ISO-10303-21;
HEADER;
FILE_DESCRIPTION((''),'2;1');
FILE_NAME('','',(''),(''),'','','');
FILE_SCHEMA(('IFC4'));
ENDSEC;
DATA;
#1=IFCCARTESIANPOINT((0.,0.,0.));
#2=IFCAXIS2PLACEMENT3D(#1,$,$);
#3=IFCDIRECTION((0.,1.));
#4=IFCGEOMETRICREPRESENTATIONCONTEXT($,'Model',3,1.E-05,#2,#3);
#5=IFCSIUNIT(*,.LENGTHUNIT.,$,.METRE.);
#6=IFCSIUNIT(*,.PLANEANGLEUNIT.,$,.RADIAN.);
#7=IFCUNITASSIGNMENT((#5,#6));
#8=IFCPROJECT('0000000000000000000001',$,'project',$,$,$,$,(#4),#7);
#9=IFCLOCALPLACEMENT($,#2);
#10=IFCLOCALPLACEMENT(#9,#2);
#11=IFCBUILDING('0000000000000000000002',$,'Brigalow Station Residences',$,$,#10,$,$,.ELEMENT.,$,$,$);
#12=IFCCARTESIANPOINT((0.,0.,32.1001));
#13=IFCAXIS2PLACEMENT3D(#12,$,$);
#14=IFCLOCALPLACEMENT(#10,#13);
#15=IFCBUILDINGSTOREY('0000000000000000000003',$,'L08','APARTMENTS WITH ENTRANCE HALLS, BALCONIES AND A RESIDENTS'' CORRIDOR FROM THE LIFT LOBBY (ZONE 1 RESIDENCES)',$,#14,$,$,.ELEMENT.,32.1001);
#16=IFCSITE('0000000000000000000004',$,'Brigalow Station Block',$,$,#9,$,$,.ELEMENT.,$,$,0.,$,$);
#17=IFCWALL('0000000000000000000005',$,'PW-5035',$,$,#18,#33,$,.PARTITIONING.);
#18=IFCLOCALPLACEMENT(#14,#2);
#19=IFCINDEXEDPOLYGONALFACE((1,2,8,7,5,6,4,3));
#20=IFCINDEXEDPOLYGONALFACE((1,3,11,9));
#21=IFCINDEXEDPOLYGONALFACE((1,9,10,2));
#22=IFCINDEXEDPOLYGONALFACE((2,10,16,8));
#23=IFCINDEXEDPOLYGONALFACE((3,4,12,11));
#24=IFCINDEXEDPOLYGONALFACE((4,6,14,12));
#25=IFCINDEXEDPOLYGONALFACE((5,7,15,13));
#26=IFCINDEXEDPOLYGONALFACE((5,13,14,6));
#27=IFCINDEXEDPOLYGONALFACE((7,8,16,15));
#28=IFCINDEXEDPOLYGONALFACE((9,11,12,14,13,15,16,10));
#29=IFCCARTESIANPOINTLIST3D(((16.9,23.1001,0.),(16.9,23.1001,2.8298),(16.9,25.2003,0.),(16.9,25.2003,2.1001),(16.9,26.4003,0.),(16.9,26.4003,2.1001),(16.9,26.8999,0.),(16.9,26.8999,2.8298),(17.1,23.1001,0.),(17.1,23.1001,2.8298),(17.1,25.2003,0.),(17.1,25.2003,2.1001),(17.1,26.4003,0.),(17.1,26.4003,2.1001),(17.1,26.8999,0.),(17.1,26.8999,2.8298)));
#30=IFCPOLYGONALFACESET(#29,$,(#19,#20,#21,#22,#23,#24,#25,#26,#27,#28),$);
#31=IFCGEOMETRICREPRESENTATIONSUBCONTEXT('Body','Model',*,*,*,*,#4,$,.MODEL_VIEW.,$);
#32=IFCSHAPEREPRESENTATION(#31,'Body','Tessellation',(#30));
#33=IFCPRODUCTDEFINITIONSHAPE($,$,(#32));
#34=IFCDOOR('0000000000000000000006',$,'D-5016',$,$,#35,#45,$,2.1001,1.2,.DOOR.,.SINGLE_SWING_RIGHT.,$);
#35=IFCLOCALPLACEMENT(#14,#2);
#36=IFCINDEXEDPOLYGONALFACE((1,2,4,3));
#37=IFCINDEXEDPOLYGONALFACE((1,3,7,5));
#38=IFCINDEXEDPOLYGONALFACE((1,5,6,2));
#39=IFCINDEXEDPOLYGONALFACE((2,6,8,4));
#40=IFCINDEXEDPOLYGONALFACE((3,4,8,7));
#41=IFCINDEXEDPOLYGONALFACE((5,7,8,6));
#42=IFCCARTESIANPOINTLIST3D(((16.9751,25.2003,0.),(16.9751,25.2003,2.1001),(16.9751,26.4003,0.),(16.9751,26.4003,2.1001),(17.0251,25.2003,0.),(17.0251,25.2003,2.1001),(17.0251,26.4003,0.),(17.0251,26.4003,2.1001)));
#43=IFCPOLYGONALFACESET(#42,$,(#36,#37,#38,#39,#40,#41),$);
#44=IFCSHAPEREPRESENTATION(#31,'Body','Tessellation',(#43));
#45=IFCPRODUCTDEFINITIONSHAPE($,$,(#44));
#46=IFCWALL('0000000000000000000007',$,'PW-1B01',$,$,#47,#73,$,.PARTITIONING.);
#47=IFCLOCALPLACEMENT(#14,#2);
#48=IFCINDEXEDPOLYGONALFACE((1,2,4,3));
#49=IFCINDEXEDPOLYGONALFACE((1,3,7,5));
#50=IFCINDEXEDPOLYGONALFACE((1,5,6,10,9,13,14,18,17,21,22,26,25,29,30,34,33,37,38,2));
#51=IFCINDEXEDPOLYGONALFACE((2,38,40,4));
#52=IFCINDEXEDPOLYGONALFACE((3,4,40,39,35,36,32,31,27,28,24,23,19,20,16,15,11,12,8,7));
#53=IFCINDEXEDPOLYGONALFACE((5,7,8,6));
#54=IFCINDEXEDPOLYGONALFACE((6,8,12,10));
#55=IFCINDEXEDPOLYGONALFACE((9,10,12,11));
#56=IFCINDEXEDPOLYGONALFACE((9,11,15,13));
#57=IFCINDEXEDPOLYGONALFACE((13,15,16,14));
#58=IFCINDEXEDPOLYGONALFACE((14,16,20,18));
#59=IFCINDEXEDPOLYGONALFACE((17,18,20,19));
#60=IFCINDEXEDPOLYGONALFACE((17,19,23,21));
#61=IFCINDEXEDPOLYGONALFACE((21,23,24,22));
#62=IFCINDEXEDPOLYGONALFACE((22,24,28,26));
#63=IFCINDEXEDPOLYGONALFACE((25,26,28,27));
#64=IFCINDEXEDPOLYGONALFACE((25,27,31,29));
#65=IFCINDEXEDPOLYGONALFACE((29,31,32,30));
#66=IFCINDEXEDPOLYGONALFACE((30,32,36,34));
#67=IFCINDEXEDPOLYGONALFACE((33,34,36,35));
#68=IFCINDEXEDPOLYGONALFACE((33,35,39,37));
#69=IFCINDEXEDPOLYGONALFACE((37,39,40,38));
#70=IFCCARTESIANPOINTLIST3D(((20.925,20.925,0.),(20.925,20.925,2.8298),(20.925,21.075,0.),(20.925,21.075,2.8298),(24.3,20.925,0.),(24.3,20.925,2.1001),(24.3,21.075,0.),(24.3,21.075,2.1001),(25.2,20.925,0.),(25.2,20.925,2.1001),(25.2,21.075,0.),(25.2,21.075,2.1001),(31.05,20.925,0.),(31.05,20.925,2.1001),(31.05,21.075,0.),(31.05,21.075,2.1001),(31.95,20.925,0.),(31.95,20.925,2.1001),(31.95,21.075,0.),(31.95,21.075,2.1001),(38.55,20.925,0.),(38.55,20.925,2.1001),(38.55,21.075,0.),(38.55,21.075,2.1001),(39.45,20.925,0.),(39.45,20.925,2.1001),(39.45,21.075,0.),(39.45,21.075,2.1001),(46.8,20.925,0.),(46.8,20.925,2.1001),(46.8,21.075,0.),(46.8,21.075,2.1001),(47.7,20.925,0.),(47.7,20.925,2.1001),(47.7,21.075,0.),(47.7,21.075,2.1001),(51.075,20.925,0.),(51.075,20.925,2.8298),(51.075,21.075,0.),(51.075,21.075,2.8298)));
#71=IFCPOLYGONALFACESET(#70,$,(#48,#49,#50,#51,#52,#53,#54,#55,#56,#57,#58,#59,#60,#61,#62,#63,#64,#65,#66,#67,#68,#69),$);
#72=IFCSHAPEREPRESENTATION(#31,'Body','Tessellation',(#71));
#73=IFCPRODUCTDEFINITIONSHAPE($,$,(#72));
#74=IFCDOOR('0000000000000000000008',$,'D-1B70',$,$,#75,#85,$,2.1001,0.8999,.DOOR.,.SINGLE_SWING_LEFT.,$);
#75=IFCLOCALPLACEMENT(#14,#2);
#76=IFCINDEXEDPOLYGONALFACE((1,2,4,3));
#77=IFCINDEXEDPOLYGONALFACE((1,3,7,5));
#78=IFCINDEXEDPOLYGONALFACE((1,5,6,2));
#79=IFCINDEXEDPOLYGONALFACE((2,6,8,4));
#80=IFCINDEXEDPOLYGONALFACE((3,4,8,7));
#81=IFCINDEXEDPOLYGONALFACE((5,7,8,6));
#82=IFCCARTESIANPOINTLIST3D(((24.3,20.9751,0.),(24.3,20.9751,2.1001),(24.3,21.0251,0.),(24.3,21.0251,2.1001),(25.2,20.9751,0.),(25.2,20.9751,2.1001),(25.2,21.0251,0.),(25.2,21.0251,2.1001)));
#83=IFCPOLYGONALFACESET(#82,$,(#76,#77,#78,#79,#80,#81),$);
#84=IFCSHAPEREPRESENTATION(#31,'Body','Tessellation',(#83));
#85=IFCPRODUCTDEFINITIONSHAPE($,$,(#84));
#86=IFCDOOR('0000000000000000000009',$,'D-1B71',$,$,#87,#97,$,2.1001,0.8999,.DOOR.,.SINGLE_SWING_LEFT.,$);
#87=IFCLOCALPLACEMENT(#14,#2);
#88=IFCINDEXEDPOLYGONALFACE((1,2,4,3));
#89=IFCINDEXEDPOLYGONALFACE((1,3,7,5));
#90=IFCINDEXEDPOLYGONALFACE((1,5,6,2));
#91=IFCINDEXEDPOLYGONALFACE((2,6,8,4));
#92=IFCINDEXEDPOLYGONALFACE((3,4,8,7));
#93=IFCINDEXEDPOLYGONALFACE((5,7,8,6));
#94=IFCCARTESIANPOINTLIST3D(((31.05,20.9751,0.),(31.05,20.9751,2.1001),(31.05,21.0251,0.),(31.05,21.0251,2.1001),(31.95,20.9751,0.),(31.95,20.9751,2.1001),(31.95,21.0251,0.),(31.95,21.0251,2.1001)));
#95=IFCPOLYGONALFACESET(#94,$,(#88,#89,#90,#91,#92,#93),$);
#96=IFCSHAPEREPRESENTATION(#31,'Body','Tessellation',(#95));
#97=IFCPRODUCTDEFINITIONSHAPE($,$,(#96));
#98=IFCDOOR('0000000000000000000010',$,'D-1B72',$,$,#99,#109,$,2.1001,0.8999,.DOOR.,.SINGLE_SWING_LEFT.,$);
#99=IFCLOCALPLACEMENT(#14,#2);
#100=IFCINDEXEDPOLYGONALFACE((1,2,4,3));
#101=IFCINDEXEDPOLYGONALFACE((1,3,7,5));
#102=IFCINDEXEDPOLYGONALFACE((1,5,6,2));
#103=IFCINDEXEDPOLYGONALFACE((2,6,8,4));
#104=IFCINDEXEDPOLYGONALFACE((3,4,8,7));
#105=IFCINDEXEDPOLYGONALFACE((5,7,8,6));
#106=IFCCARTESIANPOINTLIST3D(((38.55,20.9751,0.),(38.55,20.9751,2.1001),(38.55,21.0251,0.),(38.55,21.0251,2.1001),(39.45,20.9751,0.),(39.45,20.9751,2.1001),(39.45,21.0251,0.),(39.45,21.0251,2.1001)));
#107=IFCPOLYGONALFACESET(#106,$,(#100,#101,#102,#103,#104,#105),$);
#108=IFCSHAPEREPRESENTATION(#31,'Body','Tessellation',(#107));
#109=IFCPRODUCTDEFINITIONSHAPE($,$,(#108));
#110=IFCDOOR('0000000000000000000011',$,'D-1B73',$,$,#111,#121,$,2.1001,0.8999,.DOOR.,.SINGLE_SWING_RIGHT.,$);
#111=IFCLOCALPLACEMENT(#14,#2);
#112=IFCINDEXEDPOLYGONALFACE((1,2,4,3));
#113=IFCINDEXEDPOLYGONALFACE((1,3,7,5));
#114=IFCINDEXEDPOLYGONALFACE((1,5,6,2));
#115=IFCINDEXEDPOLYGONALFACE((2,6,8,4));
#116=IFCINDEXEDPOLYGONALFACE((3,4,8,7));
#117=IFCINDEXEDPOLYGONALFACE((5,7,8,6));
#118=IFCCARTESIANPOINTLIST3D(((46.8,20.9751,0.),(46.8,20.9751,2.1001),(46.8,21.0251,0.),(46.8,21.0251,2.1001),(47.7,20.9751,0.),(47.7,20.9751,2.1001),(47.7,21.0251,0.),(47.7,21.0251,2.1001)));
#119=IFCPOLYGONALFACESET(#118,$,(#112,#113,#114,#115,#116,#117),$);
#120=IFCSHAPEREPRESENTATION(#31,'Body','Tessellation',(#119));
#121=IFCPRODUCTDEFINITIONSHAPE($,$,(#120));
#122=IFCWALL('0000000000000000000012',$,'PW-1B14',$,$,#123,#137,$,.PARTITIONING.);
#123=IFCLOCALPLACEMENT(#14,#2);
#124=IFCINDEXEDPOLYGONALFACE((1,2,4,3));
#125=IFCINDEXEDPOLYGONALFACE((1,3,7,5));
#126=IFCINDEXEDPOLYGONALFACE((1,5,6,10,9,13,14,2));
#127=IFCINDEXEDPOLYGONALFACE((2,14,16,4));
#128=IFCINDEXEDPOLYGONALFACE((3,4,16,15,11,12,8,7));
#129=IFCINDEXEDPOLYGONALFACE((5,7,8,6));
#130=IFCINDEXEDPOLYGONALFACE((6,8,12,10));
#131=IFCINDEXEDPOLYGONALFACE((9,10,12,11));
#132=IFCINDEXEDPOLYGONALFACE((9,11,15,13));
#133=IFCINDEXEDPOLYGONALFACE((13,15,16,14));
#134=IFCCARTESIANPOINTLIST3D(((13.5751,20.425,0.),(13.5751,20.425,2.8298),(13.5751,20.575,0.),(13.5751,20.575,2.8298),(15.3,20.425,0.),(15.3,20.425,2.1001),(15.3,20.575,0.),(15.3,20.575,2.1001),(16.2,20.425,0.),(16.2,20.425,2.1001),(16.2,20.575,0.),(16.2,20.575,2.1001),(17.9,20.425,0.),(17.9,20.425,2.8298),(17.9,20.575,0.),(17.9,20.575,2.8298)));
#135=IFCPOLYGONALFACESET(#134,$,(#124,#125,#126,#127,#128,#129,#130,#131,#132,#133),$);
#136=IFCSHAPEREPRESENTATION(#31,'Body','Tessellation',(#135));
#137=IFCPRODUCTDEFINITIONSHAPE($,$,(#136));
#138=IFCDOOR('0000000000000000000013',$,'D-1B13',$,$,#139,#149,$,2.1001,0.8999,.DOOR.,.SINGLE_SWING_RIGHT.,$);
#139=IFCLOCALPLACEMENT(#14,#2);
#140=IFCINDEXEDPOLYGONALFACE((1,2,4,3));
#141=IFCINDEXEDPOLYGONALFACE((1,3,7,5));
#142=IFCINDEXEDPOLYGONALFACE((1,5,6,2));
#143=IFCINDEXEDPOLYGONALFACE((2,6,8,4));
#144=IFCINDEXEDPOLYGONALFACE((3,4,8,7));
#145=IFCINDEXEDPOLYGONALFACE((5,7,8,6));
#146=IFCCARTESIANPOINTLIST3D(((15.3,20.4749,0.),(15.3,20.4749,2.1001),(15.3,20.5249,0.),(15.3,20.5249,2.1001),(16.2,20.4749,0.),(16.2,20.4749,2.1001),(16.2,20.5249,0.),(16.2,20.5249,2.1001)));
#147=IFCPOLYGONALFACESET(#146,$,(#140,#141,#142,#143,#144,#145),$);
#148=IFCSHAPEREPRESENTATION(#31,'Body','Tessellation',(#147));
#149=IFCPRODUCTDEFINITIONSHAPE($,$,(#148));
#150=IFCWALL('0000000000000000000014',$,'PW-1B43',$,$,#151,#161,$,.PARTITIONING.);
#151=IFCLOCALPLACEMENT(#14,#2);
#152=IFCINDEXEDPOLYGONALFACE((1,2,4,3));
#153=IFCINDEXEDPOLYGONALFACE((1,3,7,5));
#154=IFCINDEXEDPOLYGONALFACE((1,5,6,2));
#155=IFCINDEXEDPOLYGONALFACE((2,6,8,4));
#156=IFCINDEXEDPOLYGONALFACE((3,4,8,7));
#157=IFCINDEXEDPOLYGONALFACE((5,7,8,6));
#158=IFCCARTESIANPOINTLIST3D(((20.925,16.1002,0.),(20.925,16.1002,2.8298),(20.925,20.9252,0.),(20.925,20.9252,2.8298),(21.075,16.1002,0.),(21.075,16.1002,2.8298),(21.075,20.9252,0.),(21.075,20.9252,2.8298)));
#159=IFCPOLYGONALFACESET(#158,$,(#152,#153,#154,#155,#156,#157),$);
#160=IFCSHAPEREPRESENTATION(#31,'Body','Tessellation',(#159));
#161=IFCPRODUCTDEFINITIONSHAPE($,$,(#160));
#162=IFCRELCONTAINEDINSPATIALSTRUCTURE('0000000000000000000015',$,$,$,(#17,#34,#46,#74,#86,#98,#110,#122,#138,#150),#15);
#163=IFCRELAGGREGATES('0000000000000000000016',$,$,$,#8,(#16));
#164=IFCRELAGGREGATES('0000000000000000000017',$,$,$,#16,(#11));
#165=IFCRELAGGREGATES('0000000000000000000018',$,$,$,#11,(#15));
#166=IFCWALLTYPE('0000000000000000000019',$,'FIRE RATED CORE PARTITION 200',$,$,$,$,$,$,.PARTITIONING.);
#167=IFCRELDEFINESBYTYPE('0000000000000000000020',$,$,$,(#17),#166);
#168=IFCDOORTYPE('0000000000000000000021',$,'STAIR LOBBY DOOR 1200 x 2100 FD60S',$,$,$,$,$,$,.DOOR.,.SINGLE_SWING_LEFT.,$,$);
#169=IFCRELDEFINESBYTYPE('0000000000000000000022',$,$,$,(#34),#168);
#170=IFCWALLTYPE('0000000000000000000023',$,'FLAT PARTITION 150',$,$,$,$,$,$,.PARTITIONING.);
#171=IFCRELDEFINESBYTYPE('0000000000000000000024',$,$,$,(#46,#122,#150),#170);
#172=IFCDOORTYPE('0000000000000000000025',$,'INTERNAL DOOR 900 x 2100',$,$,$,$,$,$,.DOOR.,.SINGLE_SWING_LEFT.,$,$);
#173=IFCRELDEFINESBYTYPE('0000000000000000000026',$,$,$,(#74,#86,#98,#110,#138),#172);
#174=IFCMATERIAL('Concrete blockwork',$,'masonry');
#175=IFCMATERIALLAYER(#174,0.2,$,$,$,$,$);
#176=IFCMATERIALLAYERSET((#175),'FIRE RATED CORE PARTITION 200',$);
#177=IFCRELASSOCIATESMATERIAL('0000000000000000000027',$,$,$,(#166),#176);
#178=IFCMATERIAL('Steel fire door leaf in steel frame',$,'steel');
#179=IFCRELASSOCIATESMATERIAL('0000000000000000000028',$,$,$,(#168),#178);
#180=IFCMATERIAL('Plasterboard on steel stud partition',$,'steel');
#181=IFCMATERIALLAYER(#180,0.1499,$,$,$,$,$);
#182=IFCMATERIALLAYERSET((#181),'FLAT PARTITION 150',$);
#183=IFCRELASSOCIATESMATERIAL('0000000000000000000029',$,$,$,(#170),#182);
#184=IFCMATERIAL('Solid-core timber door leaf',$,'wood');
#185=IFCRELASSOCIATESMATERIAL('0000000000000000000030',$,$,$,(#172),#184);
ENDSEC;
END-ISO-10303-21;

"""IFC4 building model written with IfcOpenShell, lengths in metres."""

from ifc_helpers import new_model, si_unit, direction, frame, frame_2d, origin, place, context, subcontext, project, spatial, rectangle, extrude, material, layer, layer_set, type_object, element, fill, save


model = new_model("IFC4")

# Units and contexts
model_context = context("Model", 3, precision=1e-05, world=origin(), true_north=direction((0.0, 1.0)))
body_context = subcontext(model_context, "Body", "Model", "MODEL_VIEW")
ifc_project = project(units=[si_unit("LENGTHUNIT", "METRE"), si_unit("PLANEANGLEUNIT", "RADIAN")], contexts=[model_context])

# Site, building, storey
site_placement = place(None, origin())
site = spatial("IfcSite", under=ifc_project, at=site_placement, Name="Brigalow Station Block", CompositionType="ELEMENT", RefElevation=0.0)
building_placement = place(site_placement, origin())
building = spatial("IfcBuilding", under=site, at=building_placement, Name="Brigalow Station Residences", CompositionType="ELEMENT")
storey_placement = place(building_placement, frame((0.0, 0.0, 32.1001)))
storey = spatial("IfcBuildingStorey", under=building, at=storey_placement, Name="L08", Description="APARTMENTS WITH ENTRANCE HALLS, BALCONIES AND A RESIDENTS' CORRIDOR FROM THE LIFT LOBBY (ZONE 1 RESIDENCES)", CompositionType="ELEMENT", Elevation=32.1001)

# Wall, opening, door
ifc_material_1 = material(Name="Concrete blockwork", Category="masonry")
ifc_layer_1 = layer(ifc_material_1, 0.2)
ifc_layer_set_1 = layer_set([ifc_layer_1], Name="FIRE RATED CORE PARTITION 200")
wall_type_1 = type_object("IfcWallType", Name="FIRE RATED CORE PARTITION 200", PredefinedType="PARTITIONING", material=ifc_layer_set_1)
wall_1_placement = place(storey_placement, frame((17.0, 23.1001, 0.0), z_axis=(0.0, 0.0, 1.0), x_axis=(0.0, 1.0, 0.0)))
wall_1 = element("IfcWall", 1, at=wall_1_placement, inside=storey, type_object=wall_type_1, Name="PW-5035", PredefinedType="PARTITIONING", context=body_context, shape_type="SweptSolid", body=[
    extrude(rectangle(XDim=3.7998, YDim=0.2, at=frame_2d((1.8999, 0.0))), origin(), (0.0, 0.0, 1.0), 2.8298),
])
opening_1_placement = place(wall_1_placement, frame((2.1001, 0.0, 0.0)))
opening_1 = element("IfcOpeningElement", 2, at=opening_1_placement, cuts=wall_1, PredefinedType="OPENING", context=body_context, shape_type="SweptSolid", body=[
    extrude(rectangle(XDim=1.2, YDim=2.1001, at=frame_2d((0.6001, 1.05))), frame((0.0, 0.1099, 0.0), z_axis=(0.0, -1.0, 0.0), x_axis=(1.0, 0.0, 0.0)), (0.0, 0.0, 1.0), 0.22),
])
ifc_material_2 = material(Name="Steel fire door leaf in steel frame", Category="steel")
door_type_1 = type_object("IfcDoorType", Name="STAIR LOBBY DOOR 1200 x 2100 FD60S", OperationType="SINGLE_SWING_LEFT", PredefinedType="DOOR", material=ifc_material_2)
door_1_placement = place(opening_1_placement, origin())
door_1 = element("IfcDoor", 3, at=door_1_placement, inside=storey, type_object=door_type_1, Name="D-5016", OperationType="SINGLE_SWING_RIGHT", OverallHeight=2.1001, OverallWidth=1.2, PredefinedType="DOOR", context=body_context, shape_type="SweptSolid", body=[
    extrude(rectangle(XDim=1.2, YDim=2.1001, at=frame_2d((0.6001, 1.05))), frame((0.0, 0.0249, 0.0), z_axis=(0.0, -1.0, 0.0), x_axis=(1.0, 0.0, 0.0)), (0.0, 0.0, 1.0), 0.05),
])
fill(opening_1, door_1)

# Wall, openings, doors
ifc_material_3 = material(Name="Plasterboard on steel stud partition", Category="steel")
ifc_layer_2 = layer(ifc_material_3, 0.1499)
ifc_layer_set_2 = layer_set([ifc_layer_2], Name="FLAT PARTITION 150")
wall_type_2 = type_object("IfcWallType", Name="FLAT PARTITION 150", PredefinedType="PARTITIONING", material=ifc_layer_set_2)
wall_2_placement = place(storey_placement, frame((20.925, 21.0, 0.0), z_axis=(0.0, 0.0, 1.0), x_axis=(1.0, 0.0, 0.0)))
wall_2 = element("IfcWall", 4, at=wall_2_placement, inside=storey, type_object=wall_type_2, Name="PW-1B01", PredefinedType="PARTITIONING", context=body_context, shape_type="SweptSolid", body=[
    extrude(rectangle(XDim=30.1499, YDim=0.1499, at=frame_2d((15.075, 0.0))), origin(), (0.0, 0.0, 1.0), 2.8298),
])
opening_2_placement = place(wall_2_placement, frame((3.375, 0.0, 0.0)))
opening_2 = element("IfcOpeningElement", 5, at=opening_2_placement, cuts=wall_2, PredefinedType="OPENING", context=body_context, shape_type="SweptSolid", body=[
    extrude(rectangle(XDim=0.8999, YDim=2.1001, at=frame_2d((0.45, 1.05))), frame((0.0, 0.085, 0.0), z_axis=(0.0, -1.0, 0.0), x_axis=(1.0, 0.0, 0.0)), (0.0, 0.0, 1.0), 0.1699),
])
opening_3_placement = place(wall_2_placement, frame((10.125, 0.0, 0.0)))
opening_3 = element("IfcOpeningElement", 6, at=opening_3_placement, cuts=wall_2, PredefinedType="OPENING", context=body_context, shape_type="SweptSolid", body=[
    extrude(rectangle(XDim=0.8999, YDim=2.1001, at=frame_2d((0.45, 1.05))), frame((0.0, 0.085, 0.0), z_axis=(0.0, -1.0, 0.0), x_axis=(1.0, 0.0, 0.0)), (0.0, 0.0, 1.0), 0.1699),
])
opening_4_placement = place(wall_2_placement, frame((17.625, 0.0, 0.0)))
opening_4 = element("IfcOpeningElement", 7, at=opening_4_placement, cuts=wall_2, PredefinedType="OPENING", context=body_context, shape_type="SweptSolid", body=[
    extrude(rectangle(XDim=0.8999, YDim=2.1001, at=frame_2d((0.45, 1.05))), frame((0.0, 0.085, 0.0), z_axis=(0.0, -1.0, 0.0), x_axis=(1.0, 0.0, 0.0)), (0.0, 0.0, 1.0), 0.1699),
])
opening_5_placement = place(wall_2_placement, frame((25.875, 0.0, 0.0)))
opening_5 = element("IfcOpeningElement", 8, at=opening_5_placement, cuts=wall_2, PredefinedType="OPENING", context=body_context, shape_type="SweptSolid", body=[
    extrude(rectangle(XDim=0.8999, YDim=2.1001, at=frame_2d((0.45, 1.05))), frame((0.0, 0.085, 0.0), z_axis=(0.0, -1.0, 0.0), x_axis=(1.0, 0.0, 0.0)), (0.0, 0.0, 1.0), 0.1699),
])
ifc_material_4 = material(Name="Solid-core timber door leaf", Category="wood")
door_type_2 = type_object("IfcDoorType", Name="INTERNAL DOOR 900 x 2100", OperationType="SINGLE_SWING_LEFT", PredefinedType="DOOR", material=ifc_material_4)
door_2_placement = place(opening_2_placement, frame((0.8999, 0.0, 0.0), z_axis=(0.0, 0.0, 1.0), x_axis=(-1.0, 0.0, 0.0)))
door_2 = element("IfcDoor", 9, at=door_2_placement, inside=storey, type_object=door_type_2, Name="D-1B70", OperationType="SINGLE_SWING_LEFT", OverallHeight=2.1001, OverallWidth=0.8999, PredefinedType="DOOR", context=body_context, shape_type="SweptSolid", body=[
    extrude(rectangle(XDim=0.8999, YDim=2.1001, at=frame_2d((0.45, 1.05))), frame((0.0, 0.0249, 0.0), z_axis=(0.0, -1.0, 0.0), x_axis=(1.0, 0.0, 0.0)), (0.0, 0.0, 1.0), 0.05),
])
fill(opening_2, door_2)
door_3_placement = place(opening_3_placement, frame((0.8999, 0.0, 0.0), z_axis=(0.0, 0.0, 1.0), x_axis=(-1.0, 0.0, 0.0)))
door_3 = element("IfcDoor", 10, at=door_3_placement, inside=storey, type_object=door_type_2, Name="D-1B71", OperationType="SINGLE_SWING_LEFT", OverallHeight=2.1001, OverallWidth=0.8999, PredefinedType="DOOR", context=body_context, shape_type="SweptSolid", body=[
    extrude(rectangle(XDim=0.8999, YDim=2.1001, at=frame_2d((0.45, 1.05))), frame((0.0, 0.0249, 0.0), z_axis=(0.0, -1.0, 0.0), x_axis=(1.0, 0.0, 0.0)), (0.0, 0.0, 1.0), 0.05),
])
fill(opening_3, door_3)
door_4_placement = place(opening_4_placement, frame((0.8999, 0.0, 0.0), z_axis=(0.0, 0.0, 1.0), x_axis=(-1.0, 0.0, 0.0)))
door_4 = element("IfcDoor", 11, at=door_4_placement, inside=storey, type_object=door_type_2, Name="D-1B72", OperationType="SINGLE_SWING_LEFT", OverallHeight=2.1001, OverallWidth=0.8999, PredefinedType="DOOR", context=body_context, shape_type="SweptSolid", body=[
    extrude(rectangle(XDim=0.8999, YDim=2.1001, at=frame_2d((0.45, 1.05))), frame((0.0, 0.0249, 0.0), z_axis=(0.0, -1.0, 0.0), x_axis=(1.0, 0.0, 0.0)), (0.0, 0.0, 1.0), 0.05),
])
fill(opening_4, door_4)
door_5_placement = place(opening_5_placement, frame((0.8999, 0.0, 0.0), z_axis=(0.0, 0.0, 1.0), x_axis=(-1.0, 0.0, 0.0)))
door_5 = element("IfcDoor", 12, at=door_5_placement, inside=storey, type_object=door_type_2, Name="D-1B73", OperationType="SINGLE_SWING_RIGHT", OverallHeight=2.1001, OverallWidth=0.8999, PredefinedType="DOOR", context=body_context, shape_type="SweptSolid", body=[
    extrude(rectangle(XDim=0.8999, YDim=2.1001, at=frame_2d((0.45, 1.05))), frame((0.0, 0.0249, 0.0), z_axis=(0.0, -1.0, 0.0), x_axis=(1.0, 0.0, 0.0)), (0.0, 0.0, 1.0), 0.05),
])
fill(opening_5, door_5)

# Wall, opening, door
wall_3_placement = place(storey_placement, frame((13.575, 20.5, 0.0), z_axis=(0.0, 0.0, 1.0), x_axis=(1.0, 0.0, 0.0)))
wall_3 = element("IfcWall", 13, at=wall_3_placement, inside=storey, type_object=wall_type_2, Name="PW-1B14", PredefinedType="PARTITIONING", context=body_context, shape_type="SweptSolid", body=[
    extrude(rectangle(XDim=4.325, YDim=0.1499, at=frame_2d((2.1626, 0.0))), origin(), (0.0, 0.0, 1.0), 2.8298),
])
opening_6_placement = place(wall_3_placement, frame((1.7251, 0.0, 0.0)))
opening_6 = element("IfcOpeningElement", 14, at=opening_6_placement, cuts=wall_3, PredefinedType="OPENING", context=body_context, shape_type="SweptSolid", body=[
    extrude(rectangle(XDim=0.8999, YDim=2.1001, at=frame_2d((0.45, 1.05))), frame((0.0, 0.085, 0.0), z_axis=(0.0, -1.0, 0.0), x_axis=(1.0, 0.0, 0.0)), (0.0, 0.0, 1.0), 0.1699),
])
door_6_placement = place(opening_6_placement, origin())
door_6 = element("IfcDoor", 15, at=door_6_placement, inside=storey, type_object=door_type_2, Name="D-1B13", OperationType="SINGLE_SWING_RIGHT", OverallHeight=2.1001, OverallWidth=0.8999, PredefinedType="DOOR", context=body_context, shape_type="SweptSolid", body=[
    extrude(rectangle(XDim=0.8999, YDim=2.1001, at=frame_2d((0.45, 1.05))), frame((0.0, 0.0249, 0.0), z_axis=(0.0, -1.0, 0.0), x_axis=(1.0, 0.0, 0.0)), (0.0, 0.0, 1.0), 0.05),
])
fill(opening_6, door_6)

# Wall
wall_4_placement = place(storey_placement, frame((21.0, 16.1001, 0.0), z_axis=(0.0, 0.0, 1.0), x_axis=(0.0, 1.0, 0.0)))
element("IfcWall", 16, at=wall_4_placement, inside=storey, type_object=wall_type_2, Name="PW-1B43", PredefinedType="PARTITIONING", context=body_context, shape_type="SweptSolid", body=[
    extrude(rectangle(XDim=4.825, YDim=0.1499, at=frame_2d((2.4126, 0.0))), origin(), (0.0, 0.0, 1.0), 2.8298),
])

save(model, "model.ifc")
